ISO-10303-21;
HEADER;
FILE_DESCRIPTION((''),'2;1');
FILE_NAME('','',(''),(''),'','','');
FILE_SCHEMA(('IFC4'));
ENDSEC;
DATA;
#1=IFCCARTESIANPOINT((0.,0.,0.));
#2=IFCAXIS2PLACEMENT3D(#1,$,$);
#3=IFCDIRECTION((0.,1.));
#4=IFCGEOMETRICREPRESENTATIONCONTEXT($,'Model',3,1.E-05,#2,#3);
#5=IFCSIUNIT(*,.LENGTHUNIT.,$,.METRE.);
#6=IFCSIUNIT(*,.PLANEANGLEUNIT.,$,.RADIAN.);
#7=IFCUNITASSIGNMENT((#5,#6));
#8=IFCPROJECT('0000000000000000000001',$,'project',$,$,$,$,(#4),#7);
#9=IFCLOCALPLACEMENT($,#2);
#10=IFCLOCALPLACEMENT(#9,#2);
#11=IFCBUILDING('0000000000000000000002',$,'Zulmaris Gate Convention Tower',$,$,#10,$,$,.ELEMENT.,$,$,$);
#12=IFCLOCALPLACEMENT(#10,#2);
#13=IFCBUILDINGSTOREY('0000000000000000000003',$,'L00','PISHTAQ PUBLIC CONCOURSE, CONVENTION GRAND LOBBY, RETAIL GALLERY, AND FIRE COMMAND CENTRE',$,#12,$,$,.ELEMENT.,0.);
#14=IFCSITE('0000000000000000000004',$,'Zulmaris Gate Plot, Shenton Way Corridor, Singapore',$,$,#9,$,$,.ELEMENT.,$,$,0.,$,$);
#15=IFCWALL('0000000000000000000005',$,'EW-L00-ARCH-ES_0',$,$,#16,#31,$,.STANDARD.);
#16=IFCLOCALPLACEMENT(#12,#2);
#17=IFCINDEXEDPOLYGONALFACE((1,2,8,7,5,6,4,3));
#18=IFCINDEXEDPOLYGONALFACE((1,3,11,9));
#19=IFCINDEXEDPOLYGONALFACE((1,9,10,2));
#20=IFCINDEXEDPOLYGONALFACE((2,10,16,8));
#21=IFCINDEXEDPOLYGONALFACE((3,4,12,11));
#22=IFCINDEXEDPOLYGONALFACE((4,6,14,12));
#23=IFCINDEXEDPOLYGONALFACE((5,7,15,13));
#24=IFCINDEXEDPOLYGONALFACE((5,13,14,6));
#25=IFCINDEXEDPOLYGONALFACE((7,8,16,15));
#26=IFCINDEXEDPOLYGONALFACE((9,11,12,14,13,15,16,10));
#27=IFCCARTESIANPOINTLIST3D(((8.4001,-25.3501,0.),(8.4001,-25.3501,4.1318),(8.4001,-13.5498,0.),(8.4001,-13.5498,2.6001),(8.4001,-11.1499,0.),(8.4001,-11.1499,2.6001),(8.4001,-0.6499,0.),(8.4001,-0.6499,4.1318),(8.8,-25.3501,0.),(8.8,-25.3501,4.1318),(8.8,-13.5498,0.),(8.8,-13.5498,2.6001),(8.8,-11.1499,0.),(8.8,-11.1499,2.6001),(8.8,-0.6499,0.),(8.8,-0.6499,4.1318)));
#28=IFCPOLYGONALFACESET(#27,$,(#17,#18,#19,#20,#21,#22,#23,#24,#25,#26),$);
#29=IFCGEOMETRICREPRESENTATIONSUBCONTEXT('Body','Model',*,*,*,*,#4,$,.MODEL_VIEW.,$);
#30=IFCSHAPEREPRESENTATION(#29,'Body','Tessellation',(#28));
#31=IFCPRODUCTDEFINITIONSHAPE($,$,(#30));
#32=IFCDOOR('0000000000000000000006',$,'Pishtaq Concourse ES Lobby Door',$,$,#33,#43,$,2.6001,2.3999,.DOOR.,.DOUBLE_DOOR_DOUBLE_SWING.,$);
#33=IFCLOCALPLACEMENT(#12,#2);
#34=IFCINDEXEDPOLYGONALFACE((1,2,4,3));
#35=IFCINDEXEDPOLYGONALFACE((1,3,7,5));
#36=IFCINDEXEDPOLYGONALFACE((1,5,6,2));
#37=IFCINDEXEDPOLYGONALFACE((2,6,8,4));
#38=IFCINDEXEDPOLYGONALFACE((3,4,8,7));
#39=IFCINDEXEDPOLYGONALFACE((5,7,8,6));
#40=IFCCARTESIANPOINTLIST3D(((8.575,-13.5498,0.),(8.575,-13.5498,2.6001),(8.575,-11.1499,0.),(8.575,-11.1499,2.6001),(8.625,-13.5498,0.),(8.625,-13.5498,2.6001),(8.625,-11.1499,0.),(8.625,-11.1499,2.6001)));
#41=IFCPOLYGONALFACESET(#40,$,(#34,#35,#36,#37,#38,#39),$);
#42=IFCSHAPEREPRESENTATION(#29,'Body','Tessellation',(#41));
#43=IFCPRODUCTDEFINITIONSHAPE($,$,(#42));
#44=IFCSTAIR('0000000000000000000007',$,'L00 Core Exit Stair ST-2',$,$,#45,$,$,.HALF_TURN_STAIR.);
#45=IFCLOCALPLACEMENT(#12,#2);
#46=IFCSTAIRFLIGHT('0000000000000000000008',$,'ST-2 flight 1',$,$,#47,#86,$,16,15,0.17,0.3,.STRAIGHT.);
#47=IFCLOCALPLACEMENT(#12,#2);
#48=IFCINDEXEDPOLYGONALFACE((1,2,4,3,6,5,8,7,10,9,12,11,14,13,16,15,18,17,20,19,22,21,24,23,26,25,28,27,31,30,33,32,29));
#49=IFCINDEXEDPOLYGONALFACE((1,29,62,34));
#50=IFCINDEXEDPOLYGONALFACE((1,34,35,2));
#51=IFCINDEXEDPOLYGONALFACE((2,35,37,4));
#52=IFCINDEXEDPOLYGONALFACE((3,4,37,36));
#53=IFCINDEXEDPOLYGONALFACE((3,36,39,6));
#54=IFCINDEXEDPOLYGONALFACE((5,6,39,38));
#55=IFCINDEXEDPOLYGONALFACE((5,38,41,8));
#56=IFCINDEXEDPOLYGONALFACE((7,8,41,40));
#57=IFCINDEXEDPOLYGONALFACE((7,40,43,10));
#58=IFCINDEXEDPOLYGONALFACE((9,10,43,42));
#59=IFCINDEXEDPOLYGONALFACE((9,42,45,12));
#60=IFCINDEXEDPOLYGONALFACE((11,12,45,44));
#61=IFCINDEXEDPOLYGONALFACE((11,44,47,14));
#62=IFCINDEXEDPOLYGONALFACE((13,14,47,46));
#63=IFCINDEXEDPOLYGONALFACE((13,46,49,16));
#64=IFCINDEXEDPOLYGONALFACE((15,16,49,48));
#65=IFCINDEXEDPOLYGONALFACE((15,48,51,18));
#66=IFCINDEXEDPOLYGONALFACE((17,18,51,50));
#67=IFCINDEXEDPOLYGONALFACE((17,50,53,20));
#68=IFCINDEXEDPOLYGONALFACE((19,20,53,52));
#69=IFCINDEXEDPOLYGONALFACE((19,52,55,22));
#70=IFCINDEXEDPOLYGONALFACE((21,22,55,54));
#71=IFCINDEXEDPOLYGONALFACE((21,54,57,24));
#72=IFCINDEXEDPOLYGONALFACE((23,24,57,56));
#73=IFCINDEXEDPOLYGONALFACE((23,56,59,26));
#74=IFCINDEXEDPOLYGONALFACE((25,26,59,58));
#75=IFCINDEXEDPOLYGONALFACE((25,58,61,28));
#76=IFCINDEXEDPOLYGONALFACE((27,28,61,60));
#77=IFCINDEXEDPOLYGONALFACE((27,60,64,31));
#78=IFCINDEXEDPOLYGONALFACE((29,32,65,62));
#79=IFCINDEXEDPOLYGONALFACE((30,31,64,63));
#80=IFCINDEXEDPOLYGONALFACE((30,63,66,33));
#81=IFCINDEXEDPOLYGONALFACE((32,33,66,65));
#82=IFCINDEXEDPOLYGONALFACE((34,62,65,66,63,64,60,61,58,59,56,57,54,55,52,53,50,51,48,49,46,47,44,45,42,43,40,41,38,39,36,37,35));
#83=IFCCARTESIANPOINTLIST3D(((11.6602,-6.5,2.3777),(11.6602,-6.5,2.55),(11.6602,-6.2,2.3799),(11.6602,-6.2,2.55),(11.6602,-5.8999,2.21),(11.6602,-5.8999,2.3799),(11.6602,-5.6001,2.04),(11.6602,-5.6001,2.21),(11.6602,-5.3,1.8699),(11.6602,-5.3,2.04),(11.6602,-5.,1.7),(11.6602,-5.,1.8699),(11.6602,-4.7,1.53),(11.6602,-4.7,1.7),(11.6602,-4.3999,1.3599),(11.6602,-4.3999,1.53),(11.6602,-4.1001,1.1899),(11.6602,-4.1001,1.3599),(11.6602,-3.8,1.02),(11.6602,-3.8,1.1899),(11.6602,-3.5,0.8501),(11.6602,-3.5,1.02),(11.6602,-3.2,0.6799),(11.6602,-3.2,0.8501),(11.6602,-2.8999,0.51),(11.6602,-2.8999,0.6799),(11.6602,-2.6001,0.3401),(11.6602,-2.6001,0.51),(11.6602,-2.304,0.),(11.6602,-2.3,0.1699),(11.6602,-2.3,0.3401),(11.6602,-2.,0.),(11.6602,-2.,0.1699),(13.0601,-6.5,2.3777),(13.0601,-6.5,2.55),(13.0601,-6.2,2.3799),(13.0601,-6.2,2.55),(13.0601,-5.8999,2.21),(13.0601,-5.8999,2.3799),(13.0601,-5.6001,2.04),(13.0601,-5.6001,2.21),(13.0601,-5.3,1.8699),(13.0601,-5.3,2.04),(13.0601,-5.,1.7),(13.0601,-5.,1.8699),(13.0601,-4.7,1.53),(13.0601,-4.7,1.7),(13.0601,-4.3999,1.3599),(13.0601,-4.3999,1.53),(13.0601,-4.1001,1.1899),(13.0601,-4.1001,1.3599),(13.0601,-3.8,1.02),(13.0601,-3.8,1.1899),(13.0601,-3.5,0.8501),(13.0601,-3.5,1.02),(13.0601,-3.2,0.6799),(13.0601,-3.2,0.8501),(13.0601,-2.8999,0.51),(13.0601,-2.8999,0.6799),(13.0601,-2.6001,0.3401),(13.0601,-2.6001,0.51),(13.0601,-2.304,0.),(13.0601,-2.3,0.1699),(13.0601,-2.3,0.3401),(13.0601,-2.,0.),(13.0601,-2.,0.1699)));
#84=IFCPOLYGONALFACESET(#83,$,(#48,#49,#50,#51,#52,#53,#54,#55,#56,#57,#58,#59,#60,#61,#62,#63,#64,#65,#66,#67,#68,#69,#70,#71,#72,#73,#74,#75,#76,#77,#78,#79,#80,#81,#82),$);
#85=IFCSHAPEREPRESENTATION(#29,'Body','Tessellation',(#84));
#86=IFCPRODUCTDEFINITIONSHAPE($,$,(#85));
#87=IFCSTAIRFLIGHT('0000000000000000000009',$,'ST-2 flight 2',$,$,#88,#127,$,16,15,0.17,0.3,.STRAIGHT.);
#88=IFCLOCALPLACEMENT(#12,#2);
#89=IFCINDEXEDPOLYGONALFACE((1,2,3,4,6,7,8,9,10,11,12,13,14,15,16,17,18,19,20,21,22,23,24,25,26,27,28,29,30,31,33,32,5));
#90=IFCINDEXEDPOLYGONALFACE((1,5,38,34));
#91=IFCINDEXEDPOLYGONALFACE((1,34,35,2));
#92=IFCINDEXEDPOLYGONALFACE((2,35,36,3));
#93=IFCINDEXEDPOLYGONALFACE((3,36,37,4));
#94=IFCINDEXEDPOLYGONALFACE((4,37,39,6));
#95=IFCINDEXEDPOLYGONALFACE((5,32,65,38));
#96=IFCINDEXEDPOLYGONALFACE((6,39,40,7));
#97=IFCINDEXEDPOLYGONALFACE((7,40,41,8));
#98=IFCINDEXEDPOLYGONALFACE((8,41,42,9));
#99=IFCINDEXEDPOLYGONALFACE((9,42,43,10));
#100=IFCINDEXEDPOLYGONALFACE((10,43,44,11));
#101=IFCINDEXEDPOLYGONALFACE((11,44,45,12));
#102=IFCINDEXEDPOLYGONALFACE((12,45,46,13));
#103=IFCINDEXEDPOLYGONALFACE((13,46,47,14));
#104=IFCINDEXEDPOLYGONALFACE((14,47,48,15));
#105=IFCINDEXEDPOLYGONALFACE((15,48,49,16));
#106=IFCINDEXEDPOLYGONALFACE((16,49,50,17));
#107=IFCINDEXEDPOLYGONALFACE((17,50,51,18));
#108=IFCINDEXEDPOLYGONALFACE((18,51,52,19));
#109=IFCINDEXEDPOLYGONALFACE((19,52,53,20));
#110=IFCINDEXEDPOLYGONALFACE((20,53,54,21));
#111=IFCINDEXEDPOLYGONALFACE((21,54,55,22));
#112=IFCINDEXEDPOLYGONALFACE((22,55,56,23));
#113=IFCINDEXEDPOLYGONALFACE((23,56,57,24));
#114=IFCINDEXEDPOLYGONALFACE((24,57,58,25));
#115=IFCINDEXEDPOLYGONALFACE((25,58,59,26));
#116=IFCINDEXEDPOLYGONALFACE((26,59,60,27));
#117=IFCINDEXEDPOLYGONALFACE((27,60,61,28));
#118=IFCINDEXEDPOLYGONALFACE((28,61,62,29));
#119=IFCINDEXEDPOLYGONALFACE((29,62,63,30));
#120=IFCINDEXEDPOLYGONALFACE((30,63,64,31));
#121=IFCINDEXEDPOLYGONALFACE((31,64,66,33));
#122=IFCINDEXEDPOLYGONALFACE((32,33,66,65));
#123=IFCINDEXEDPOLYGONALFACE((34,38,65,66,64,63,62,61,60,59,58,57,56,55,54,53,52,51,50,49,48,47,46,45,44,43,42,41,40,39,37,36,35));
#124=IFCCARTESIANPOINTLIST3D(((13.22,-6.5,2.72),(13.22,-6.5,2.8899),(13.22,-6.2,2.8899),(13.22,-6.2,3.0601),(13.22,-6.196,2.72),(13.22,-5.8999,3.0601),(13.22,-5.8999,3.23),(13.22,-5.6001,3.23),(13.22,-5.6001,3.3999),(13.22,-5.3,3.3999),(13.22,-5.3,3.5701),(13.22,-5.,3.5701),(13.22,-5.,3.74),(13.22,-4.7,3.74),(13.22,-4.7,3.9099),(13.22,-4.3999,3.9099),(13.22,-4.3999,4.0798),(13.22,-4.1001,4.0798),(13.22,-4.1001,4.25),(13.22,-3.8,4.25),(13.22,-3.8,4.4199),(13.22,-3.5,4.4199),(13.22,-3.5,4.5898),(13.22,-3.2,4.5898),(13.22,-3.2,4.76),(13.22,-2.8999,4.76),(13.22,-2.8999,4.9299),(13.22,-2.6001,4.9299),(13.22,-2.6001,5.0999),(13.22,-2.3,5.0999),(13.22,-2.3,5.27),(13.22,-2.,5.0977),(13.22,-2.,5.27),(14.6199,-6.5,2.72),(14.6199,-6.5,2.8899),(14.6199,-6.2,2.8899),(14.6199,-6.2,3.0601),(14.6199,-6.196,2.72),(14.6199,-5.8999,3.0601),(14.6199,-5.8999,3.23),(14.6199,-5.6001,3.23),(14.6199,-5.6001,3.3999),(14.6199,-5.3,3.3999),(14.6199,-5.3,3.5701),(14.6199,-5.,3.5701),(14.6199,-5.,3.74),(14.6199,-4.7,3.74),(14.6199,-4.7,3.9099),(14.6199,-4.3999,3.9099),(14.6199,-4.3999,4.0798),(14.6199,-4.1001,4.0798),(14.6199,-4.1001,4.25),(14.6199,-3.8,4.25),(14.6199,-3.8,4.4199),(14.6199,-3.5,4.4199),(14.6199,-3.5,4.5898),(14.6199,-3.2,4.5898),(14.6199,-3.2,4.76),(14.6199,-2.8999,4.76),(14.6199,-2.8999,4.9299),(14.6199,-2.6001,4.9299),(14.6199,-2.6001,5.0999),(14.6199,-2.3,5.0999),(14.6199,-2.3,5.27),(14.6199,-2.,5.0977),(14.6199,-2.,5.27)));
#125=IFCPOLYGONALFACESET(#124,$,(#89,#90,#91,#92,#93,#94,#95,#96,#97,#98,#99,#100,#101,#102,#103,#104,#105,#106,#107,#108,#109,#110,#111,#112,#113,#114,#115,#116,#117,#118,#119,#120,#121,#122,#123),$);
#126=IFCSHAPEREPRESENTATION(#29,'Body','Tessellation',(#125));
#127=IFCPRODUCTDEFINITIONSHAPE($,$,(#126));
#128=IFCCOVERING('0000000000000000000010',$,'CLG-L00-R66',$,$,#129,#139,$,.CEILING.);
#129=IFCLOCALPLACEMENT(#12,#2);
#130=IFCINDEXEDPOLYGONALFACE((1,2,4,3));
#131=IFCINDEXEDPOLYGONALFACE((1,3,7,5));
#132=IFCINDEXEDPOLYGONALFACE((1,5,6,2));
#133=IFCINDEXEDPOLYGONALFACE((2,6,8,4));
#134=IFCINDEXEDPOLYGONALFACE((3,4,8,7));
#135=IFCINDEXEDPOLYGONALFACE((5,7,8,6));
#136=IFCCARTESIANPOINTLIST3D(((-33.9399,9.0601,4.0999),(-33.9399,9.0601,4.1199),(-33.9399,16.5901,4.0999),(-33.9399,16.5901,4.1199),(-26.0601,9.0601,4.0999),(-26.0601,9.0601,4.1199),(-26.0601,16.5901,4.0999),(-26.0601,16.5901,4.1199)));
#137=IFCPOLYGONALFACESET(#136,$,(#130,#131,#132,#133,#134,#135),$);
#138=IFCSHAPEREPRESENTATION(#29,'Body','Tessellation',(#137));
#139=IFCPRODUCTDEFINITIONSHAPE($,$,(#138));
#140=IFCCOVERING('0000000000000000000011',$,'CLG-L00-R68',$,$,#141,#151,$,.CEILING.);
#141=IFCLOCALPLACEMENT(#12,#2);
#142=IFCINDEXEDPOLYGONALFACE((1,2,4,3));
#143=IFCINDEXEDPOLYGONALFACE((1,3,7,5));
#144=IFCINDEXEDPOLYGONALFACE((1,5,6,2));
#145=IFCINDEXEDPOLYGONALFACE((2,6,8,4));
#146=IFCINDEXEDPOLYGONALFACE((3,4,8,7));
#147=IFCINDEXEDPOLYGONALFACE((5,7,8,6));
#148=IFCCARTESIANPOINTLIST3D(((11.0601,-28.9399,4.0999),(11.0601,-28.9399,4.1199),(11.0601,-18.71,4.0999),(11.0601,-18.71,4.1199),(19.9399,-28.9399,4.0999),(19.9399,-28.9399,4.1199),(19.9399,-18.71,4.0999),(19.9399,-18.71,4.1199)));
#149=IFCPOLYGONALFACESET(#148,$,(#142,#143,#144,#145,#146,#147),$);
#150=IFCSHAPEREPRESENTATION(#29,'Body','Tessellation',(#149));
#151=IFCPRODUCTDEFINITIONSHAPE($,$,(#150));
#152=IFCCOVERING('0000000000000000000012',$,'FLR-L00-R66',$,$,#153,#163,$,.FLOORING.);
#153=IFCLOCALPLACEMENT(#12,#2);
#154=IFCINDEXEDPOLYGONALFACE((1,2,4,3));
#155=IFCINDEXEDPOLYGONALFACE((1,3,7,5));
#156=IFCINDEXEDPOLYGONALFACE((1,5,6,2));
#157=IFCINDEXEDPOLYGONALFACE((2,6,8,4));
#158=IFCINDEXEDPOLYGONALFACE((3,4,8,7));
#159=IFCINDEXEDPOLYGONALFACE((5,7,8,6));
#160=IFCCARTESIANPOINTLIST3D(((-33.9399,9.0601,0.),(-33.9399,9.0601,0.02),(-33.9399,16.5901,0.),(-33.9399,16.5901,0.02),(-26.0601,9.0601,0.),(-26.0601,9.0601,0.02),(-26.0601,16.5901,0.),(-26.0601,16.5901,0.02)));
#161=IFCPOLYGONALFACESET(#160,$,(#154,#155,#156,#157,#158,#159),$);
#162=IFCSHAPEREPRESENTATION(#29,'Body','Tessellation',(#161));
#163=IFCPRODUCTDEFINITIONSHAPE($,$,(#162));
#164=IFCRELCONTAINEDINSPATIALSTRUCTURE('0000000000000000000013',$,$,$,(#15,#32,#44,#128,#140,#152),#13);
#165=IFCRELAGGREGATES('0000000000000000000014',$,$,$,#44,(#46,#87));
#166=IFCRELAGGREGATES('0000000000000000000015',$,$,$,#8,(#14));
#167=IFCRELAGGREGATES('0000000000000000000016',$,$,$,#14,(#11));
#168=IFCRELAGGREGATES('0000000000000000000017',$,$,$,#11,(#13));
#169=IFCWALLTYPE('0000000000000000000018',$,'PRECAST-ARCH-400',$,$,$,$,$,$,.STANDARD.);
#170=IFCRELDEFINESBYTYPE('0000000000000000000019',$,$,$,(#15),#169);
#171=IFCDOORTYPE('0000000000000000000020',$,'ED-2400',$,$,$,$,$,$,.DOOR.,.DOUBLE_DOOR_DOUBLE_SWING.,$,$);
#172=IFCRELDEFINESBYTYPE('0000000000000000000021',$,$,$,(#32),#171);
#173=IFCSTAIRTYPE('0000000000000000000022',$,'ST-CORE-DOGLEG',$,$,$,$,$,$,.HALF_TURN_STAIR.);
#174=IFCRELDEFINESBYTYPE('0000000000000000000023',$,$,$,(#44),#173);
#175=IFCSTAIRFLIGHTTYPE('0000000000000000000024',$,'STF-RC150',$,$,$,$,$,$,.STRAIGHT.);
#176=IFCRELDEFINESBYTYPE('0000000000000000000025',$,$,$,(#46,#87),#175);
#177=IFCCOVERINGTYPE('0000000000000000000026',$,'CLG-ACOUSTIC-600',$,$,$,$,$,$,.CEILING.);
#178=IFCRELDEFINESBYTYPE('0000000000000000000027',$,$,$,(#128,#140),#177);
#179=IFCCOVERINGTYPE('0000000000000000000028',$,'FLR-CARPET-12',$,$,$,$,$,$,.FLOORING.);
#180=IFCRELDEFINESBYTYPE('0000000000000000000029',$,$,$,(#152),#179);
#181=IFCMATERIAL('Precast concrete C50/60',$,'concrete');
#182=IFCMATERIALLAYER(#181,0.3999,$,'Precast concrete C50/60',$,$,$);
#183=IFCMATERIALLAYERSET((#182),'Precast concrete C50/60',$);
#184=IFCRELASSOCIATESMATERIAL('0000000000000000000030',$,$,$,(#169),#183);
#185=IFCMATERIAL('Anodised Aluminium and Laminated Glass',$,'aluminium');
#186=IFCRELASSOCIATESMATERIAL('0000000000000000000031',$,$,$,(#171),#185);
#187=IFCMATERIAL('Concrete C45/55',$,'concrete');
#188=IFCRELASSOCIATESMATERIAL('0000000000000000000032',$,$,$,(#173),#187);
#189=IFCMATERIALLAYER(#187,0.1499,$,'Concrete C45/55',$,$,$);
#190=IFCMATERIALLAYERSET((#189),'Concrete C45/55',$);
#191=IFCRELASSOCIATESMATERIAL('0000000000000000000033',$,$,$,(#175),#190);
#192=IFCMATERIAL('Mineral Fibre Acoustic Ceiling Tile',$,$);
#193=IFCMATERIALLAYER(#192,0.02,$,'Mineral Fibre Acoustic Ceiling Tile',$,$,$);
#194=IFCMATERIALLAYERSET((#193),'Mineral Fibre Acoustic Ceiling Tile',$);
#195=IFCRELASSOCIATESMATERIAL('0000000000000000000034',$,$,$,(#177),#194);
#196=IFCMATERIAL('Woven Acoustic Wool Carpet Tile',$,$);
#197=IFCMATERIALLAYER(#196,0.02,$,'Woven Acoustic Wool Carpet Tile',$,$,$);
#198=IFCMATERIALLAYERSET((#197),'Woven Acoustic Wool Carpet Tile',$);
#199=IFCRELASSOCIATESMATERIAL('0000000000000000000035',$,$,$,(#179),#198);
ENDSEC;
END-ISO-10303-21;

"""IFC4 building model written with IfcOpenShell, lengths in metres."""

from ifc_helpers import new_model, si_unit, direction, frame, frame_2d, origin, place, context, subcontext, project, spatial, polyline, rectangle, outline, extrude, material, layer, layer_set, type_object, element, fill, aggregate, save


model = new_model("IFC4")

# Units and contexts
model_context = context("Model", 3, precision=1e-05, world=origin(), true_north=direction((0.0, 1.0)))
body_context = subcontext(model_context, "Body", "Model", "MODEL_VIEW")
ifc_project = project(units=[si_unit("LENGTHUNIT", "METRE"), si_unit("PLANEANGLEUNIT", "RADIAN")], contexts=[model_context])

# Site, building, storey
site_placement = place(None, origin())
site = spatial("IfcSite", under=ifc_project, at=site_placement, Name="Zulmaris Gate Plot, Shenton Way Corridor, Singapore", CompositionType="ELEMENT", RefElevation=0.0)
building_placement = place(site_placement, origin())
building = spatial("IfcBuilding", under=site, at=building_placement, Name="Zulmaris Gate Convention Tower", CompositionType="ELEMENT")
storey_placement = place(building_placement, origin())
storey = spatial("IfcBuildingStorey", under=building, at=storey_placement, Name="L00", Description="PISHTAQ PUBLIC CONCOURSE, CONVENTION GRAND LOBBY, RETAIL GALLERY, AND FIRE COMMAND CENTRE", CompositionType="ELEMENT", Elevation=0.0)

# Wall, opening, door
ifc_material_1 = material(Name="Precast concrete C50/60", Category="concrete")
ifc_layer_1 = layer(ifc_material_1, 0.3999, Name="Precast concrete C50/60")
ifc_layer_set_1 = layer_set([ifc_layer_1], Name="Precast concrete C50/60")
wall_type_1 = type_object("IfcWallType", Name="PRECAST-ARCH-400", PredefinedType="STANDARD", material=ifc_layer_set_1)
wall_1_placement = place(storey_placement, frame((8.6001, -0.6499, 0.0), z_axis=(0.0, 0.0, 1.0), x_axis=(0.0, -1.0, 0.0)))
wall_1 = element("IfcWall", 1, at=wall_1_placement, inside=storey, type_object=wall_type_1, Name="EW-L00-ARCH-ES_0", PredefinedType="STANDARD", context=body_context, shape_type="SweptSolid", body=[
    extrude(rectangle(XDim=24.7002, YDim=0.3999, at=frame_2d((12.3501, 0.0))), origin(), (0.0, 0.0, 1.0), 4.1318),
])
opening_1_placement = place(wall_1_placement, frame((10.5, 0.0, 0.0)))
opening_1 = element("IfcOpeningElement", 2, at=opening_1_placement, cuts=wall_1, PredefinedType="OPENING", context=body_context, shape_type="SweptSolid", body=[
    extrude(rectangle(XDim=2.3999, YDim=2.6001, at=frame_2d((1.2, 1.3))), frame((0.0, 0.21, 0.0), z_axis=(0.0, -1.0, 0.0), x_axis=(1.0, 0.0, 0.0)), (0.0, 0.0, 1.0), 0.4199),
])
ifc_material_2 = material(Name="Anodised Aluminium and Laminated Glass", Category="aluminium")
door_type_1 = type_object("IfcDoorType", Name="ED-2400", OperationType="DOUBLE_DOOR_DOUBLE_SWING", PredefinedType="DOOR", material=ifc_material_2)
door_1_placement = place(opening_1_placement, origin())
door_1 = element("IfcDoor", 3, at=door_1_placement, inside=storey, type_object=door_type_1, Name="Pishtaq Concourse ES Lobby Door", OperationType="DOUBLE_DOOR_DOUBLE_SWING", OverallHeight=2.6001, OverallWidth=2.3999, PredefinedType="DOOR", context=body_context, shape_type="SweptSolid", body=[
    extrude(rectangle(XDim=2.3999, YDim=2.6001, at=frame_2d((1.2, 1.3))), frame((0.0, 0.0249, 0.0), z_axis=(0.0, -1.0, 0.0), x_axis=(1.0, 0.0, 0.0)), (0.0, 0.0, 1.0), 0.05),
])
fill(opening_1, door_1)

# Stair, stair flights
ifc_material_3 = material(Name="Concrete C45/55", Category="concrete")
stair_type = type_object("IfcStairType", Name="ST-CORE-DOGLEG", PredefinedType="HALF_TURN_STAIR", material=ifc_material_3)
stair_placement = place(storey_placement, origin())
stair = element("IfcStair", 4, at=stair_placement, inside=storey, type_object=stair_type, Name="L00 Core Exit Stair ST-2", PredefinedType="HALF_TURN_STAIR")
ifc_layer_2 = layer(ifc_material_3, 0.1499, Name="Concrete C45/55")
ifc_layer_set_2 = layer_set([ifc_layer_2], Name="Concrete C45/55")
stair_flight_type = type_object("IfcStairFlightType", Name="STF-RC150", PredefinedType="STRAIGHT", material=ifc_layer_set_2)
stair_flight_1_placement = place(storey_placement, frame((12.3601, -2.0, 0.0), z_axis=(0.0, 0.0, 1.0), x_axis=(0.0, -1.0, 0.0)))
stair_flight_1 = element("IfcStairFlight", 5, at=stair_flight_1_placement, type_object=stair_flight_type, Name="ST-2 flight 1", NumberOfRisers=16, NumberOfTreads=15, PredefinedType="STRAIGHT", RiserHeight=0.17, TreadLength=0.3, context=body_context, shape_type="SweptSolid", body=[
    extrude(outline(polyline([(0.0, 0.0), (0.0, 0.1699), (0.3, 0.1699), (0.3, 0.3401), (0.6001, 0.3401), (0.6001, 0.51), (0.8999, 0.51), (0.8999, 0.6799), (1.2, 0.6799), (1.2, 0.8501), (1.5, 0.8501), (1.5, 1.02), (1.8, 1.02), (1.8, 1.1899), (2.1001, 1.1899), (2.1001, 1.3599), (2.3999, 1.3599), (2.3999, 1.53), (2.7, 1.53), (2.7, 1.7), (3.0, 1.7), (3.0, 1.8699), (3.3, 1.8699), (3.3, 2.04), (3.6001, 2.04), (3.6001, 2.21), (3.8999, 2.21), (3.8999, 2.3799), (4.2, 2.3799), (4.2, 2.55), (4.5, 2.55), (4.5, 2.72), (4.5, 2.3777), (0.304, 0.0), (0.0, 0.0)])), frame((0.0, 0.7, 0.0), z_axis=(0.0, -1.0, 0.0), x_axis=(1.0, 0.0, 0.0)), (0.0, 0.0, 1.0), 1.3999),
])
stair_flight_2_placement = place(storey_placement, frame((13.9199, -6.5, 2.72), z_axis=(0.0, 0.0, 1.0), x_axis=(0.0, 1.0, 0.0)))
stair_flight_2 = element("IfcStairFlight", 6, at=stair_flight_2_placement, type_object=stair_flight_type, Name="ST-2 flight 2", NumberOfRisers=16, NumberOfTreads=15, PredefinedType="STRAIGHT", RiserHeight=0.17, TreadLength=0.3, context=body_context, shape_type="SweptSolid", body=[
    extrude(outline(polyline([(0.0, 0.0), (0.0, 0.1699), (0.3, 0.1699), (0.3, 0.3401), (0.6001, 0.3401), (0.6001, 0.51), (0.8999, 0.51), (0.8999, 0.6799), (1.2, 0.6799), (1.2, 0.8501), (1.5, 0.8501), (1.5, 1.02), (1.8, 1.02), (1.8, 1.1899), (2.1001, 1.1899), (2.1001, 1.3599), (2.3999, 1.3599), (2.3999, 1.53), (2.7, 1.53), (2.7, 1.7), (3.0, 1.7), (3.0, 1.8699), (3.3, 1.8699), (3.3, 2.04), (3.6001, 2.04), (3.6001, 2.21), (3.8999, 2.21), (3.8999, 2.3799), (4.2, 2.3799), (4.2, 2.55), (4.5, 2.55), (4.5, 2.72), (4.5, 2.3777), (0.304, 0.0), (0.0, 0.0)])), frame((0.0, 0.7, 0.0), z_axis=(0.0, -1.0, 0.0), x_axis=(1.0, 0.0, 0.0)), (0.0, 0.0, 1.0), 1.3999),
])
aggregate(stair, [stair_flight_1, stair_flight_2])

# Coverings
ifc_material_4 = material(Name="Mineral Fibre Acoustic Ceiling Tile")
ifc_layer_3 = layer(ifc_material_4, 0.02, Name="Mineral Fibre Acoustic Ceiling Tile")
ifc_layer_set_3 = layer_set([ifc_layer_3], Name="Mineral Fibre Acoustic Ceiling Tile")
covering_type_1 = type_object("IfcCoveringType", Name="CLG-ACOUSTIC-600", PredefinedType="CEILING", material=ifc_layer_set_3)
covering_1_placement = place(storey_placement, frame((0.0, 0.0, 4.0999)))
element("IfcCovering", 7, at=covering_1_placement, inside=storey, type_object=covering_type_1, Name="CLG-L00-R66", PredefinedType="CEILING", context=body_context, shape_type="SweptSolid", body=[
    extrude(outline(polyline([(-33.9399, 9.0601), (-26.0601, 9.0601), (-26.0601, 16.5901), (-33.9399, 16.5901), (-33.9399, 9.0601)])), origin(), (0.0, 0.0, 1.0), 0.02),
])
covering_2_placement = place(storey_placement, frame((0.0, 0.0, 4.0999)))
element("IfcCovering", 8, at=covering_2_placement, inside=storey, type_object=covering_type_1, Name="CLG-L00-R68", PredefinedType="CEILING", context=body_context, shape_type="SweptSolid", body=[
    extrude(outline(polyline([(11.0601, -28.9399), (19.9399, -28.9399), (19.9399, -18.71), (11.0601, -18.71), (11.0601, -28.9399)])), origin(), (0.0, 0.0, 1.0), 0.02),
])
ifc_material_5 = material(Name="Woven Acoustic Wool Carpet Tile")
ifc_layer_4 = layer(ifc_material_5, 0.02, Name="Woven Acoustic Wool Carpet Tile")
ifc_layer_set_4 = layer_set([ifc_layer_4], Name="Woven Acoustic Wool Carpet Tile")
covering_type_2 = type_object("IfcCoveringType", Name="FLR-CARPET-12", PredefinedType="FLOORING", material=ifc_layer_set_4)
covering_3_placement = place(storey_placement, origin())
element("IfcCovering", 9, at=covering_3_placement, inside=storey, type_object=covering_type_2, Name="FLR-L00-R66", PredefinedType="FLOORING", context=body_context, shape_type="SweptSolid", body=[
    extrude(outline(polyline([(-33.9399, 9.0601), (-26.0601, 9.0601), (-26.0601, 16.5901), (-33.9399, 16.5901), (-33.9399, 9.0601)])), origin(), (0.0, 0.0, 1.0), 0.02),
])

save(model, "model.ifc")
